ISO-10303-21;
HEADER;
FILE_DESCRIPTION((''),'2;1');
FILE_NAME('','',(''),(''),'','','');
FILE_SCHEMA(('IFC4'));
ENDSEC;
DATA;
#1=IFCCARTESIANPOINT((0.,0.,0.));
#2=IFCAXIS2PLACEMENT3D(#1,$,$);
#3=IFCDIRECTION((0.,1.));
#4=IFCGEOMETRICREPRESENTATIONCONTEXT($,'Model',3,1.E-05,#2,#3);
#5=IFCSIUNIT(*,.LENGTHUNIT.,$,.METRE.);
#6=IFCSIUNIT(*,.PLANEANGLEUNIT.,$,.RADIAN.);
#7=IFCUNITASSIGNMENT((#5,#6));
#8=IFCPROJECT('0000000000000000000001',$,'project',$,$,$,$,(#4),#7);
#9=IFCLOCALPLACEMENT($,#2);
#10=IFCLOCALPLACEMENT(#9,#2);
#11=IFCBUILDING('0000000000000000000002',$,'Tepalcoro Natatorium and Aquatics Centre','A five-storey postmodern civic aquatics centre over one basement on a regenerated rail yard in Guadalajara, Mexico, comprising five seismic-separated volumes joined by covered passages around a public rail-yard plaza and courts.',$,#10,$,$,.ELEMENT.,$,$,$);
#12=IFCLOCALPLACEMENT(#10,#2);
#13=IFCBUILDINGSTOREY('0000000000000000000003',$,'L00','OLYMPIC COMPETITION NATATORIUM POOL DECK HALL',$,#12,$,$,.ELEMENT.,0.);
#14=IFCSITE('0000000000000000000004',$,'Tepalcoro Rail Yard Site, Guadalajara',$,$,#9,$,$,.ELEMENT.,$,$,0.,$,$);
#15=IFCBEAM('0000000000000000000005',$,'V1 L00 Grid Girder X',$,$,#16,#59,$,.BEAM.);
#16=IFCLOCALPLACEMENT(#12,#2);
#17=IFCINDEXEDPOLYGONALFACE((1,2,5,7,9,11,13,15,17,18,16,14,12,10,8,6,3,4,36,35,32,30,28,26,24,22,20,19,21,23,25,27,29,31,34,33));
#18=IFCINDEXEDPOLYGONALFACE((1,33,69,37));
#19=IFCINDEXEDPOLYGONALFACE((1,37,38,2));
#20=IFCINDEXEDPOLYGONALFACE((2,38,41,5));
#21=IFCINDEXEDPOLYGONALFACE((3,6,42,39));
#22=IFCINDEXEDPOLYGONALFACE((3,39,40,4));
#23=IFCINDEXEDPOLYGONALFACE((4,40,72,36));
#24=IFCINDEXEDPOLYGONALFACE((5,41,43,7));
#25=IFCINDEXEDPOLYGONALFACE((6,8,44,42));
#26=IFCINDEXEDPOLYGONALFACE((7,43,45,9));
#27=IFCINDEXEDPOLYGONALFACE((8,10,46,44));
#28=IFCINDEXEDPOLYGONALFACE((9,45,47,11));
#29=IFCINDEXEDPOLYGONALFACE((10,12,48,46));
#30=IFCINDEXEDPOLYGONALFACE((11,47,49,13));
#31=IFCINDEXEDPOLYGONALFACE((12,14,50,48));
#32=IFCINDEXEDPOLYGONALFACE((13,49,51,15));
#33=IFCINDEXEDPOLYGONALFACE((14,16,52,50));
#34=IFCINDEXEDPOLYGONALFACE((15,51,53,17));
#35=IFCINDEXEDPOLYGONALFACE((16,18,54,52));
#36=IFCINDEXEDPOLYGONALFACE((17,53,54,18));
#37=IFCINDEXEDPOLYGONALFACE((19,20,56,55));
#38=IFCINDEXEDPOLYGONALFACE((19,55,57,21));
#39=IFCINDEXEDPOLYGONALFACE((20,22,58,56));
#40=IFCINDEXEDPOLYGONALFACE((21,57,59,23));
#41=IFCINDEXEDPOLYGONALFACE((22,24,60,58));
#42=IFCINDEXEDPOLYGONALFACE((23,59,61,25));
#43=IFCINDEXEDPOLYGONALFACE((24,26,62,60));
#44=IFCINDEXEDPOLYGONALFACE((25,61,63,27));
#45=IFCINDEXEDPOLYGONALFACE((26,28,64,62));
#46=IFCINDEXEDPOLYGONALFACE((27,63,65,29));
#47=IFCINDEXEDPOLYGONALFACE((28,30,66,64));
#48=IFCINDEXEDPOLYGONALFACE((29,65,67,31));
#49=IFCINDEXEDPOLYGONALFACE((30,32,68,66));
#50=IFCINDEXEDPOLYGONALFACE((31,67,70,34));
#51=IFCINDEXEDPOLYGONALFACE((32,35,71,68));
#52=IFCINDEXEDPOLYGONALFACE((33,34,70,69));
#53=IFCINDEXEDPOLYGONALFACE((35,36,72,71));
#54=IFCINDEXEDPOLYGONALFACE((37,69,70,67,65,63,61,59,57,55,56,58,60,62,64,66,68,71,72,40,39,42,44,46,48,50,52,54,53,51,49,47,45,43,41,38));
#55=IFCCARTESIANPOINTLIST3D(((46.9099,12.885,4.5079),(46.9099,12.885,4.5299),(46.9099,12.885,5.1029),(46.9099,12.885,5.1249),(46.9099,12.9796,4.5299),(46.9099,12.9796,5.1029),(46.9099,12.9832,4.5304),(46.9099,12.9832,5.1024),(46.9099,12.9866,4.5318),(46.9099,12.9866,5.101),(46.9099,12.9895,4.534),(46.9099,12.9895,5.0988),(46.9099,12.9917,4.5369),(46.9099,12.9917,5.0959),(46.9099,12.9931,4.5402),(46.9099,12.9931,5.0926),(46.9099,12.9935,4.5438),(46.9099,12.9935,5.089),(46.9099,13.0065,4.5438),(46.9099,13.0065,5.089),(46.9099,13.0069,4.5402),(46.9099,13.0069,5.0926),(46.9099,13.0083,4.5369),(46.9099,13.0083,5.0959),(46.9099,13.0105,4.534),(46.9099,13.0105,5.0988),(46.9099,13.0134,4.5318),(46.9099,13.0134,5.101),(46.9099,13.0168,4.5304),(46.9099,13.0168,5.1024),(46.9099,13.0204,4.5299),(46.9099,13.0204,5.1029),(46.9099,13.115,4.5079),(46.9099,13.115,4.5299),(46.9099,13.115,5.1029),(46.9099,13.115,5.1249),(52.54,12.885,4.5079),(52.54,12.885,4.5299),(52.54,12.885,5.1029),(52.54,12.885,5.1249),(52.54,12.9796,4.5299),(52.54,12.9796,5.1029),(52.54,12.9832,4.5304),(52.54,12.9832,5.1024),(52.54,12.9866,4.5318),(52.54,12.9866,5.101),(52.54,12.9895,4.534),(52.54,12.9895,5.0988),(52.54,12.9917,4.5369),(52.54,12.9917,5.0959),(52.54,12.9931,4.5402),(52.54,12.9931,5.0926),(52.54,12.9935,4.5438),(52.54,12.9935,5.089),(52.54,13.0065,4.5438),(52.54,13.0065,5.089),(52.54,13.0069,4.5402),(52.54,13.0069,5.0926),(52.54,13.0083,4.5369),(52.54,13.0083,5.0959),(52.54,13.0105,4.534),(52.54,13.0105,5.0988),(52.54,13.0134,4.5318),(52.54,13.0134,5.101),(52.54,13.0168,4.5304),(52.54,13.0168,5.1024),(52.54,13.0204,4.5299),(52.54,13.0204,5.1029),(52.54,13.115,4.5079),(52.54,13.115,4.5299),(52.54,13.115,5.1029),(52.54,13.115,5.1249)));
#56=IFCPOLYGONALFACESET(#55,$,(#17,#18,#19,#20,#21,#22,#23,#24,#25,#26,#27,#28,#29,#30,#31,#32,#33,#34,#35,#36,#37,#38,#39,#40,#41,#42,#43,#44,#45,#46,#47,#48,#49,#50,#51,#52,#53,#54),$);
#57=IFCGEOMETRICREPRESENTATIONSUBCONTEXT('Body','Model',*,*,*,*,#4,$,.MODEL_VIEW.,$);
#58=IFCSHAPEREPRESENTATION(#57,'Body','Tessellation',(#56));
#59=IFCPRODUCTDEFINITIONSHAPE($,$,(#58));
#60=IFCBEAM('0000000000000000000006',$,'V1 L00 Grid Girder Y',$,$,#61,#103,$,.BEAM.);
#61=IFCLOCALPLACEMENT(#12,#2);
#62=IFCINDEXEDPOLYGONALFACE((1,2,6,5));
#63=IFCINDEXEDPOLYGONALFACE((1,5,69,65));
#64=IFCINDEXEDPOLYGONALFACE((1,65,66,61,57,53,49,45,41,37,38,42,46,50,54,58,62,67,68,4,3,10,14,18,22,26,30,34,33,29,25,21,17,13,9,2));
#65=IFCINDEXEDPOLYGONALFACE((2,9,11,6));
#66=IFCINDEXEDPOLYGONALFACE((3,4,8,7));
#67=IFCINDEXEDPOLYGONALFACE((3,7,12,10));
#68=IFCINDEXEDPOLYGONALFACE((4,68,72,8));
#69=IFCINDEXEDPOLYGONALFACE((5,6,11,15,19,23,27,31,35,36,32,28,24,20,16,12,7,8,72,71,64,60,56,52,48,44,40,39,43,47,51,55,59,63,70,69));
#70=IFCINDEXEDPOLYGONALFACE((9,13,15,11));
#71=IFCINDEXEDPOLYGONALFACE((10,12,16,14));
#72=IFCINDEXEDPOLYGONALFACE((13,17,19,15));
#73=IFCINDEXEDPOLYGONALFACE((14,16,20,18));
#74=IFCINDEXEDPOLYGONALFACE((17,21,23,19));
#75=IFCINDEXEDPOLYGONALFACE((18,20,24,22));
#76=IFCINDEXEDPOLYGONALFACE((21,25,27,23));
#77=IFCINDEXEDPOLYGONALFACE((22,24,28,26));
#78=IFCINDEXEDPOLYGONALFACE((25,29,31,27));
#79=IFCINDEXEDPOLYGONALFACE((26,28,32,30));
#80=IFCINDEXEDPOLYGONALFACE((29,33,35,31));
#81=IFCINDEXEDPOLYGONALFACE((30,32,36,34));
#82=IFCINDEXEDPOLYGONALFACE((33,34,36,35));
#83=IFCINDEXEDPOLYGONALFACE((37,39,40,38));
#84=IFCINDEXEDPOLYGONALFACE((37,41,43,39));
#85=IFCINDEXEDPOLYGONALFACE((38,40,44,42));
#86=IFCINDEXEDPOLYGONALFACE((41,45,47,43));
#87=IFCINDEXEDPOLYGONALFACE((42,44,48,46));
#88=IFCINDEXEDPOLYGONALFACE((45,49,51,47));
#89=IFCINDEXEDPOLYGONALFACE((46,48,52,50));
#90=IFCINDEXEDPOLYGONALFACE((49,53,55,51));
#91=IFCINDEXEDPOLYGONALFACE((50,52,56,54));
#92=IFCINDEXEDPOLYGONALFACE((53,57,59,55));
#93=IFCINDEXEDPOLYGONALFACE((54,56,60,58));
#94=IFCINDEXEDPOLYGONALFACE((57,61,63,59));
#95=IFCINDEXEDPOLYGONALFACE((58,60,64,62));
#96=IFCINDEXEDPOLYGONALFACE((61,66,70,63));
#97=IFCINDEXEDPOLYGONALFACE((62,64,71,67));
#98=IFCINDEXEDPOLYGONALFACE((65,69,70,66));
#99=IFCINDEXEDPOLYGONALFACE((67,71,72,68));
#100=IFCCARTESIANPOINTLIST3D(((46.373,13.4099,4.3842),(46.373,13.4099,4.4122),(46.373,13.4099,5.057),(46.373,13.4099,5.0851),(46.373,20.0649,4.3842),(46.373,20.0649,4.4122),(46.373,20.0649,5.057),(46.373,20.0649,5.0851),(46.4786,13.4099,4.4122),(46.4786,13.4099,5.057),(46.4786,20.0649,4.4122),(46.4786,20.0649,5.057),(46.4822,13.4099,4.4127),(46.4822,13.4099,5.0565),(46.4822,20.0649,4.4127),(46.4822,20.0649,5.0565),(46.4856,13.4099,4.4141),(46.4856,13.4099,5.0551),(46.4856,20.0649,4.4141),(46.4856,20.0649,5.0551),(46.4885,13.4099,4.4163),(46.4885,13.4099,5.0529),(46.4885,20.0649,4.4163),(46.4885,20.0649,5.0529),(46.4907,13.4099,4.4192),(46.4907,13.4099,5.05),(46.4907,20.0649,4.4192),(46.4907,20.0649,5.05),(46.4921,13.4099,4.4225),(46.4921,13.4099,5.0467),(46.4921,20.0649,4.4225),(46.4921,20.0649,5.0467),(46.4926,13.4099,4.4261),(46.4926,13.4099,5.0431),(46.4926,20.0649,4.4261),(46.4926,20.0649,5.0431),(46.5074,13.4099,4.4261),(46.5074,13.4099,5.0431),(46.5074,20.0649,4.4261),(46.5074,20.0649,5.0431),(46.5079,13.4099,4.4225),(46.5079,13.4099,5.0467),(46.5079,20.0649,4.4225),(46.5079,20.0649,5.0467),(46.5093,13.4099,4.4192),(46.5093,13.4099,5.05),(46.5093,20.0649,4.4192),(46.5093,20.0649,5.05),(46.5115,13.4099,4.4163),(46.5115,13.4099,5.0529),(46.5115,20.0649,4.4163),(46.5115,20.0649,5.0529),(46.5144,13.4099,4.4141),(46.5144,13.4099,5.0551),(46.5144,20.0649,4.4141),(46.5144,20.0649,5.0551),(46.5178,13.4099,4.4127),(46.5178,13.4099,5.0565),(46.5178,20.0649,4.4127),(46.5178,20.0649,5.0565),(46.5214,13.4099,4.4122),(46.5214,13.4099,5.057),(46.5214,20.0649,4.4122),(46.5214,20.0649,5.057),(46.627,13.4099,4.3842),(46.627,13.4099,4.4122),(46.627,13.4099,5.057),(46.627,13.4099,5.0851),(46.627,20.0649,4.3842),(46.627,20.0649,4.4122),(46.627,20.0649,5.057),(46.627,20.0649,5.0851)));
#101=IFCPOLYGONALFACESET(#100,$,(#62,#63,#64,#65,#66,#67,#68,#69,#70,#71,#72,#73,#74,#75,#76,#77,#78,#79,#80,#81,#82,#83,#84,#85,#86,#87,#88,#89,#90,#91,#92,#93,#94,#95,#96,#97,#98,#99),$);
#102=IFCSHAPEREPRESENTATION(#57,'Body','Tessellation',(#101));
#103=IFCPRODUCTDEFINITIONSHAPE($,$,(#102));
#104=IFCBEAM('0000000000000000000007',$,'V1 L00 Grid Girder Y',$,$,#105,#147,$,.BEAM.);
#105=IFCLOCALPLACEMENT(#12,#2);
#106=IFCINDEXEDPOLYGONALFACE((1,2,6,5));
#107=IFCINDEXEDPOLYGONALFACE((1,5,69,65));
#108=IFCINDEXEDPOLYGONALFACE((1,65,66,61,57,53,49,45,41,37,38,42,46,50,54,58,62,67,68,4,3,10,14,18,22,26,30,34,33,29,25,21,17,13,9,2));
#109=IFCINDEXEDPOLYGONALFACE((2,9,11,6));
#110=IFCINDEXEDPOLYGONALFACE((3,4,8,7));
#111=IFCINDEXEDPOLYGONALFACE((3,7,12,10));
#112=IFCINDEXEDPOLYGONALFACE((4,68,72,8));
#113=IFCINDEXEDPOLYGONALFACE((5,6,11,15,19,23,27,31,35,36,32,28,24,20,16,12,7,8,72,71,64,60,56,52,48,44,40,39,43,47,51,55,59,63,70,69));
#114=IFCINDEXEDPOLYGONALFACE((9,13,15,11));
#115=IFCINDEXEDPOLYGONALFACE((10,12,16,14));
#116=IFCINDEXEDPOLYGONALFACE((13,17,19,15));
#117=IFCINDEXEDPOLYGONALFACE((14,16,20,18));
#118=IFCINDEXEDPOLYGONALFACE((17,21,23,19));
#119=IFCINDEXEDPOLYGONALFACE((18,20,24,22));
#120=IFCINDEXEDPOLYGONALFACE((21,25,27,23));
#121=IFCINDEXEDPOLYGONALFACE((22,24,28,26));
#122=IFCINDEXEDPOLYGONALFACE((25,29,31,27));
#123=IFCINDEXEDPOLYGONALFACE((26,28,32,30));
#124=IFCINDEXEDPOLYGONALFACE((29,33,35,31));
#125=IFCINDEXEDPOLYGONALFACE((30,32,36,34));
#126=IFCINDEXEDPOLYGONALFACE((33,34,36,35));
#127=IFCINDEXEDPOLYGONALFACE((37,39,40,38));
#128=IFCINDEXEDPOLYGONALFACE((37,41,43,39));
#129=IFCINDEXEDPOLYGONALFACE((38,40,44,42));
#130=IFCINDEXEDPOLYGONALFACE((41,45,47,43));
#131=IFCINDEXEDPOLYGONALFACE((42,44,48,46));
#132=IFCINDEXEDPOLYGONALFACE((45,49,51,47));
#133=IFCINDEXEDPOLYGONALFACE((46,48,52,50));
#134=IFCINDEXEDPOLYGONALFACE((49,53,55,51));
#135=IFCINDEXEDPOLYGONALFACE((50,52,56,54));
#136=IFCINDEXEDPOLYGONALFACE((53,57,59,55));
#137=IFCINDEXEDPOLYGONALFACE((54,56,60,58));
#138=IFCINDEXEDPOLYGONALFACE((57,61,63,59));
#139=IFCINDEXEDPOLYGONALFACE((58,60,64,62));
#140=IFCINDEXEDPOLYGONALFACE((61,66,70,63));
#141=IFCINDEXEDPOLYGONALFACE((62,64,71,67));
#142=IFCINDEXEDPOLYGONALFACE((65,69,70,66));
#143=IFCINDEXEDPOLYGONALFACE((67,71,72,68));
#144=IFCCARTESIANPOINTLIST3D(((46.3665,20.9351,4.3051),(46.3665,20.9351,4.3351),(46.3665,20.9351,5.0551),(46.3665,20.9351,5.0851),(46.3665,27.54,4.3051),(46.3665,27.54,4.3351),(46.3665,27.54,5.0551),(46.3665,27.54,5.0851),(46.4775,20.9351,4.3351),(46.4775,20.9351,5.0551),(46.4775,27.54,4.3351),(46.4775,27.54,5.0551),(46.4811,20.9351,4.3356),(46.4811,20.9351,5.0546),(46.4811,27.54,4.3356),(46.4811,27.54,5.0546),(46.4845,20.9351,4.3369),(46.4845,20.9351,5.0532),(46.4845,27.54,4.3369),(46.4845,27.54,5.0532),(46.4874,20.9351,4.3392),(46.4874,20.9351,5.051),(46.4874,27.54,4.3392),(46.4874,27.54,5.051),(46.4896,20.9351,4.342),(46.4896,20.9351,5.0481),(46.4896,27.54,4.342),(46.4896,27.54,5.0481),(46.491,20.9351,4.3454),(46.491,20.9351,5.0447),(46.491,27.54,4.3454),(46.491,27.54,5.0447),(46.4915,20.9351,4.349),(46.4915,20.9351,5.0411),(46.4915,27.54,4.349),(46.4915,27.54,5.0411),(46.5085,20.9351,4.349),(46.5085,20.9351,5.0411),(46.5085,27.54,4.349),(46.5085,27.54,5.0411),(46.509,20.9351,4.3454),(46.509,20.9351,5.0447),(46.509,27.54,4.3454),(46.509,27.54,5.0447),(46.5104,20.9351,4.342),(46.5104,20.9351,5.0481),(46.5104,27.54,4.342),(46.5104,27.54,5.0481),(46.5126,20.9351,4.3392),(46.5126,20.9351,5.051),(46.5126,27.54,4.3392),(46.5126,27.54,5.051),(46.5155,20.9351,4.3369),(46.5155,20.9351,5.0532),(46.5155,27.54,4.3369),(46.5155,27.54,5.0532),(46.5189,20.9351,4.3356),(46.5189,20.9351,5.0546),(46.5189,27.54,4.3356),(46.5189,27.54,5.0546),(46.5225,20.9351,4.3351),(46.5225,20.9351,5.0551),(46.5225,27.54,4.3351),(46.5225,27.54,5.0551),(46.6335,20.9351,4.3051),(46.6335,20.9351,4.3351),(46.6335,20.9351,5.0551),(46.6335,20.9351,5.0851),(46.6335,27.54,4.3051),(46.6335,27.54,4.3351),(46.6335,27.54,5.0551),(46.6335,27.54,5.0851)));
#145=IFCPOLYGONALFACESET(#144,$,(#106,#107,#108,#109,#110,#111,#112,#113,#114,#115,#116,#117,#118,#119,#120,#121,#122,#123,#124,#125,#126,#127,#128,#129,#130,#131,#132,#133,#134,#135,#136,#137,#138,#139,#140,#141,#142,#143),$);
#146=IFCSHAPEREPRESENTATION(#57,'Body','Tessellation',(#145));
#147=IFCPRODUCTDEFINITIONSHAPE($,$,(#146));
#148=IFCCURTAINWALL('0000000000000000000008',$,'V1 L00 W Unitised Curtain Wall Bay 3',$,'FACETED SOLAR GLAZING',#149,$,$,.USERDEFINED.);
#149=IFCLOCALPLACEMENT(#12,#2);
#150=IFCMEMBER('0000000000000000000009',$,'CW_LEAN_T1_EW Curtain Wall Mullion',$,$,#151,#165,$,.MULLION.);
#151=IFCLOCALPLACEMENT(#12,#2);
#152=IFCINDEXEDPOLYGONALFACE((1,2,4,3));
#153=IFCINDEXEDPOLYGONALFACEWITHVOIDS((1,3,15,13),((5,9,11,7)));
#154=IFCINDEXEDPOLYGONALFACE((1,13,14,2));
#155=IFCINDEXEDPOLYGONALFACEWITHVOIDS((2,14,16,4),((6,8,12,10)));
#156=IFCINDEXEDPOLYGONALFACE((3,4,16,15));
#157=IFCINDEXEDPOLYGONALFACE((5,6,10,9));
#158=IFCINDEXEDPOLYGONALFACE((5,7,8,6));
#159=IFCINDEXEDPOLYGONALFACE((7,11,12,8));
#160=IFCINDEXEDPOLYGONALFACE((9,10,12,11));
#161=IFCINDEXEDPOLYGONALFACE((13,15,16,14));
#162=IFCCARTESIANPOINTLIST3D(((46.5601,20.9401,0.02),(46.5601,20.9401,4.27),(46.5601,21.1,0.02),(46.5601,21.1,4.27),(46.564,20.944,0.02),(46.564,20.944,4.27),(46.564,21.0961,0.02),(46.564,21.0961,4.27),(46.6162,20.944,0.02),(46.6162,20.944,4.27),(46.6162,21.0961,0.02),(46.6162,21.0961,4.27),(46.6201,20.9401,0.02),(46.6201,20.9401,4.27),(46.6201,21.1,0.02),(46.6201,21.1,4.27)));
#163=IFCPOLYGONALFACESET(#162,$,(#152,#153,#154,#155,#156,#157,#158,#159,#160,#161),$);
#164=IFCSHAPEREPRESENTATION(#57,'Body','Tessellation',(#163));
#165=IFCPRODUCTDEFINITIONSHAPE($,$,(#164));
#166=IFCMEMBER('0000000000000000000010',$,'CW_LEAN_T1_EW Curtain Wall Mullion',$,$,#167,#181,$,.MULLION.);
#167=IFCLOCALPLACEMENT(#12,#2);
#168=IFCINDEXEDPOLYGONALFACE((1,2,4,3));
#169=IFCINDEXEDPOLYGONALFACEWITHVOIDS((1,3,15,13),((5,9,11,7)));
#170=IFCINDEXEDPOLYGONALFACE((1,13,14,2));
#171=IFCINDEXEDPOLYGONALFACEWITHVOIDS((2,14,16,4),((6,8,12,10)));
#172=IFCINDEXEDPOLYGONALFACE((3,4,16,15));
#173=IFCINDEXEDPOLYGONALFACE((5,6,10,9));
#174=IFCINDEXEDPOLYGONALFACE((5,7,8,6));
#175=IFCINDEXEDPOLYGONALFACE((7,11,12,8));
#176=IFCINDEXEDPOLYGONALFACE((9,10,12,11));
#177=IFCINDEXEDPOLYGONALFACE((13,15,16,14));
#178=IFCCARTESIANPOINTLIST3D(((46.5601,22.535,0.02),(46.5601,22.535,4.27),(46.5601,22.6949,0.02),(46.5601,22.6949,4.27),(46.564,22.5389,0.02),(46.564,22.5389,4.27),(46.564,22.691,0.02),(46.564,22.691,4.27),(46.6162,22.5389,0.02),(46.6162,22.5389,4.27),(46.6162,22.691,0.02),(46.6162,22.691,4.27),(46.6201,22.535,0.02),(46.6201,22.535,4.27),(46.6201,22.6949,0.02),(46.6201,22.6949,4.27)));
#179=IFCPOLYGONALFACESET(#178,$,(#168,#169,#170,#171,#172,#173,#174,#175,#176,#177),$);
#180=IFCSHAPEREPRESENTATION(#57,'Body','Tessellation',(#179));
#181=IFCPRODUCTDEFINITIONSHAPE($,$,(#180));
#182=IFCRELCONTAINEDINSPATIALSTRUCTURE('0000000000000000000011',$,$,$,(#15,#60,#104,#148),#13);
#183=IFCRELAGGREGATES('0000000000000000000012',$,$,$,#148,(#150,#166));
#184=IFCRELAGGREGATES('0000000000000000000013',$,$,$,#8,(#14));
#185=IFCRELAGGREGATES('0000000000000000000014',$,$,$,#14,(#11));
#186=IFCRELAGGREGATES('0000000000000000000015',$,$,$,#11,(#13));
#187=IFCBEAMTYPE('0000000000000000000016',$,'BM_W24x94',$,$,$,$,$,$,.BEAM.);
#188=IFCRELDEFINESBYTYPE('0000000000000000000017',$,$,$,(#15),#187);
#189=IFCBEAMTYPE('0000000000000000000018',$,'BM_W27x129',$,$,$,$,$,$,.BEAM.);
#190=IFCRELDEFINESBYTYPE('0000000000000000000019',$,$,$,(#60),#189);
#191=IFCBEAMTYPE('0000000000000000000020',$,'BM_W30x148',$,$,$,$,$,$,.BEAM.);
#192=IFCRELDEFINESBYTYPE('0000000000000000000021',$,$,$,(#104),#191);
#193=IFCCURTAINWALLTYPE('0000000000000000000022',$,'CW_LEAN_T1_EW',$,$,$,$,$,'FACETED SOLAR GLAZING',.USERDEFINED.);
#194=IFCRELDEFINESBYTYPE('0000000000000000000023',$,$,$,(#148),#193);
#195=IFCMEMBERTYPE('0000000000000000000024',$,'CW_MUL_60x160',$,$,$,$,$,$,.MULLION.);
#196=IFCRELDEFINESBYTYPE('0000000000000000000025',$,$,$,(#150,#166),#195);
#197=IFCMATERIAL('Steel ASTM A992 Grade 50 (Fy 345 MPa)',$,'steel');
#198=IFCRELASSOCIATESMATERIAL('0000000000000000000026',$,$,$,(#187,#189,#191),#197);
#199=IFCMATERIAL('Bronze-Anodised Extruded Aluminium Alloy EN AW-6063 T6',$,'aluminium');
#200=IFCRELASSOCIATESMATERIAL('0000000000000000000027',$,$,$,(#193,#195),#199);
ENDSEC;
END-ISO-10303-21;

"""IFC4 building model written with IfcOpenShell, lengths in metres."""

from ifc_helpers import new_model, si_unit, direction, frame, origin, origin_2d, place, context, subcontext, project, spatial, hollow_rectangle, i_section, extrude, material, material_profile, profile_set, type_object, element, aggregate, save


model = new_model("IFC4")

# Units and contexts
model_context = context("Model", 3, precision=1e-05, world=origin(), true_north=direction((0.0, 1.0)))
body_context = subcontext(model_context, "Body", "Model", "MODEL_VIEW")
ifc_project = project(units=[si_unit("LENGTHUNIT", "METRE"), si_unit("PLANEANGLEUNIT", "RADIAN")], contexts=[model_context])

# Site, building, storey
site_placement = place(None, origin())
site = spatial("IfcSite", under=ifc_project, at=site_placement, Name="Tepalcoro Rail Yard Site, Guadalajara", CompositionType="ELEMENT", RefElevation=0.0)
building_placement = place(site_placement, origin())
building = spatial("IfcBuilding", under=site, at=building_placement, Name="Tepalcoro Natatorium and Aquatics Centre", Description="A five-storey postmodern civic aquatics centre over one basement on a regenerated rail yard in Guadalajara, Mexico, comprising five seismic-separated volumes joined by covered passages around a public rail-yard plaza and courts.", CompositionType="ELEMENT")
storey_placement = place(building_placement, origin())
storey = spatial("IfcBuildingStorey", under=building, at=storey_placement, Name="L00", Description="OLYMPIC COMPETITION NATATORIUM POOL DECK HALL", CompositionType="ELEMENT", Elevation=0.0)

# Beams
ifc_material_1 = material(Name="Steel ASTM A992 Grade 50 (Fy 345 MPa)", Category="steel")
ifc_material_profile_1 = material_profile(ifc_material_1, i_section(OverallWidth=0.23, OverallDepth=0.6169, WebThickness=0.0129, FlangeThickness=0.022, FilletRadius=0.0139, at=origin_2d()), Name="W24X94")
ifc_profile_set_1 = profile_set([ifc_material_profile_1], Name="Steel ASTM A992 Grade 50 (Fy 345 MPa)")
beam_type_1 = type_object("IfcBeamType", Name="BM_W24x94", PredefinedType="BEAM", material=ifc_profile_set_1)
beam_1_placement = place(storey_placement, frame((46.9099, 13.0, 4.8164), z_axis=(1.0, 0.0, 0.0), x_axis=(0.0, 1.0, 0.0)))
element("IfcBeam", 1, at=beam_1_placement, inside=storey, type_object=beam_type_1, Name="V1 L00 Grid Girder X", PredefinedType="BEAM", context=body_context, shape_type="SweptSolid", body=[
    extrude(i_section(OverallWidth=0.23, OverallDepth=0.6169, WebThickness=0.0129, FlangeThickness=0.022, FilletRadius=0.0139, at=origin_2d()), origin(), (0.0, 0.0, 1.0), 5.6301),
])
ifc_material_profile_2 = material_profile(ifc_material_1, i_section(OverallWidth=0.2539, OverallDepth=0.7009, WebThickness=0.0149, FlangeThickness=0.0281, FilletRadius=0.0139, at=origin_2d()), Name="W27X129")
ifc_profile_set_2 = profile_set([ifc_material_profile_2], Name="Steel ASTM A992 Grade 50 (Fy 345 MPa)")
beam_type_2 = type_object("IfcBeamType", Name="BM_W27x129", PredefinedType="BEAM", material=ifc_profile_set_2)
beam_2_placement = place(storey_placement, frame((46.5, 13.4099, 4.7346), z_axis=(0.0, 1.0, 0.0), x_axis=(-1.0, 0.0, 0.0)))
element("IfcBeam", 2, at=beam_2_placement, inside=storey, type_object=beam_type_2, Name="V1 L00 Grid Girder Y", PredefinedType="BEAM", context=body_context, shape_type="SweptSolid", body=[
    extrude(i_section(OverallWidth=0.2539, OverallDepth=0.7009, WebThickness=0.0149, FlangeThickness=0.0281, FilletRadius=0.0139, at=origin_2d()), origin(), (0.0, 0.0, 1.0), 6.655),
])
ifc_material_profile_3 = material_profile(ifc_material_1, i_section(OverallWidth=0.2671, OverallDepth=0.78, WebThickness=0.0171, FlangeThickness=0.03, FilletRadius=0.0139, at=origin_2d()), Name="W30X148")
ifc_profile_set_3 = profile_set([ifc_material_profile_3], Name="Steel ASTM A992 Grade 50 (Fy 345 MPa)")
beam_type_3 = type_object("IfcBeamType", Name="BM_W30x148", PredefinedType="BEAM", material=ifc_profile_set_3)
beam_3_placement = place(storey_placement, frame((46.5, 20.9351, 4.6951), z_axis=(0.0, 1.0, 0.0), x_axis=(-1.0, 0.0, 0.0)))
element("IfcBeam", 3, at=beam_3_placement, inside=storey, type_object=beam_type_3, Name="V1 L00 Grid Girder Y", PredefinedType="BEAM", context=body_context, shape_type="SweptSolid", body=[
    extrude(i_section(OverallWidth=0.2671, OverallDepth=0.78, WebThickness=0.0171, FlangeThickness=0.03, FilletRadius=0.0139, at=origin_2d()), origin(), (0.0, 0.0, 1.0), 6.605),
])

# Curtain wall, members
ifc_material_2 = material(Name="Bronze-Anodised Extruded Aluminium Alloy EN AW-6063 T6", Category="aluminium")
curtain_wall_type = type_object("IfcCurtainWallType", Name="CW_LEAN_T1_EW", ElementType="FACETED SOLAR GLAZING", PredefinedType="USERDEFINED", material=ifc_material_2)
curtain_wall_placement = place(storey_placement, origin())
curtain_wall = element("IfcCurtainWall", 4, at=curtain_wall_placement, inside=storey, type_object=curtain_wall_type, Name="V1 L00 W Unitised Curtain Wall Bay 3", ObjectType="FACETED SOLAR GLAZING", PredefinedType="USERDEFINED")
ifc_material_profile_4 = material_profile(ifc_material_2, hollow_rectangle(XDim=0.0601, YDim=0.1599, WallThickness=0.0039, at=origin_2d()), Name="AL60X160X4")
ifc_profile_set_4 = profile_set([ifc_material_profile_4], Name="Bronze-Anodised Extruded Aluminium Alloy EN AW-6063 T6")
member_type_1 = type_object("IfcMemberType", Name="CW_MUL_60x160", PredefinedType="MULLION", material=ifc_profile_set_4)
member_1_placement = place(storey_placement, frame((46.5901, 21.02, 0.02), z_axis=(0.0, 0.0, 1.0), x_axis=(1.0, 0.0, 0.0)))
member_1 = element("IfcMember", 5, at=member_1_placement, type_object=member_type_1, Name="CW_LEAN_T1_EW Curtain Wall Mullion", PredefinedType="MULLION", context=body_context, shape_type="SweptSolid", body=[
    extrude(hollow_rectangle(XDim=0.0601, YDim=0.1599, WallThickness=0.0039, at=origin_2d()), origin(), (0.0, 0.0, 1.0), 4.25),
])
member_2_placement = place(storey_placement, frame((46.5901, 22.615, 0.02), z_axis=(0.0, 0.0, 1.0), x_axis=(1.0, 0.0, 0.0)))
member_2 = element("IfcMember", 6, at=member_2_placement, type_object=member_type_1, Name="CW_LEAN_T1_EW Curtain Wall Mullion", PredefinedType="MULLION", context=body_context, shape_type="SweptSolid", body=[
    extrude(hollow_rectangle(XDim=0.0601, YDim=0.1599, WallThickness=0.0039, at=origin_2d()), origin(), (0.0, 0.0, 1.0), 4.25),
])

aggregate(curtain_wall, [member_1, member_2])

save(model, "model.ifc")
